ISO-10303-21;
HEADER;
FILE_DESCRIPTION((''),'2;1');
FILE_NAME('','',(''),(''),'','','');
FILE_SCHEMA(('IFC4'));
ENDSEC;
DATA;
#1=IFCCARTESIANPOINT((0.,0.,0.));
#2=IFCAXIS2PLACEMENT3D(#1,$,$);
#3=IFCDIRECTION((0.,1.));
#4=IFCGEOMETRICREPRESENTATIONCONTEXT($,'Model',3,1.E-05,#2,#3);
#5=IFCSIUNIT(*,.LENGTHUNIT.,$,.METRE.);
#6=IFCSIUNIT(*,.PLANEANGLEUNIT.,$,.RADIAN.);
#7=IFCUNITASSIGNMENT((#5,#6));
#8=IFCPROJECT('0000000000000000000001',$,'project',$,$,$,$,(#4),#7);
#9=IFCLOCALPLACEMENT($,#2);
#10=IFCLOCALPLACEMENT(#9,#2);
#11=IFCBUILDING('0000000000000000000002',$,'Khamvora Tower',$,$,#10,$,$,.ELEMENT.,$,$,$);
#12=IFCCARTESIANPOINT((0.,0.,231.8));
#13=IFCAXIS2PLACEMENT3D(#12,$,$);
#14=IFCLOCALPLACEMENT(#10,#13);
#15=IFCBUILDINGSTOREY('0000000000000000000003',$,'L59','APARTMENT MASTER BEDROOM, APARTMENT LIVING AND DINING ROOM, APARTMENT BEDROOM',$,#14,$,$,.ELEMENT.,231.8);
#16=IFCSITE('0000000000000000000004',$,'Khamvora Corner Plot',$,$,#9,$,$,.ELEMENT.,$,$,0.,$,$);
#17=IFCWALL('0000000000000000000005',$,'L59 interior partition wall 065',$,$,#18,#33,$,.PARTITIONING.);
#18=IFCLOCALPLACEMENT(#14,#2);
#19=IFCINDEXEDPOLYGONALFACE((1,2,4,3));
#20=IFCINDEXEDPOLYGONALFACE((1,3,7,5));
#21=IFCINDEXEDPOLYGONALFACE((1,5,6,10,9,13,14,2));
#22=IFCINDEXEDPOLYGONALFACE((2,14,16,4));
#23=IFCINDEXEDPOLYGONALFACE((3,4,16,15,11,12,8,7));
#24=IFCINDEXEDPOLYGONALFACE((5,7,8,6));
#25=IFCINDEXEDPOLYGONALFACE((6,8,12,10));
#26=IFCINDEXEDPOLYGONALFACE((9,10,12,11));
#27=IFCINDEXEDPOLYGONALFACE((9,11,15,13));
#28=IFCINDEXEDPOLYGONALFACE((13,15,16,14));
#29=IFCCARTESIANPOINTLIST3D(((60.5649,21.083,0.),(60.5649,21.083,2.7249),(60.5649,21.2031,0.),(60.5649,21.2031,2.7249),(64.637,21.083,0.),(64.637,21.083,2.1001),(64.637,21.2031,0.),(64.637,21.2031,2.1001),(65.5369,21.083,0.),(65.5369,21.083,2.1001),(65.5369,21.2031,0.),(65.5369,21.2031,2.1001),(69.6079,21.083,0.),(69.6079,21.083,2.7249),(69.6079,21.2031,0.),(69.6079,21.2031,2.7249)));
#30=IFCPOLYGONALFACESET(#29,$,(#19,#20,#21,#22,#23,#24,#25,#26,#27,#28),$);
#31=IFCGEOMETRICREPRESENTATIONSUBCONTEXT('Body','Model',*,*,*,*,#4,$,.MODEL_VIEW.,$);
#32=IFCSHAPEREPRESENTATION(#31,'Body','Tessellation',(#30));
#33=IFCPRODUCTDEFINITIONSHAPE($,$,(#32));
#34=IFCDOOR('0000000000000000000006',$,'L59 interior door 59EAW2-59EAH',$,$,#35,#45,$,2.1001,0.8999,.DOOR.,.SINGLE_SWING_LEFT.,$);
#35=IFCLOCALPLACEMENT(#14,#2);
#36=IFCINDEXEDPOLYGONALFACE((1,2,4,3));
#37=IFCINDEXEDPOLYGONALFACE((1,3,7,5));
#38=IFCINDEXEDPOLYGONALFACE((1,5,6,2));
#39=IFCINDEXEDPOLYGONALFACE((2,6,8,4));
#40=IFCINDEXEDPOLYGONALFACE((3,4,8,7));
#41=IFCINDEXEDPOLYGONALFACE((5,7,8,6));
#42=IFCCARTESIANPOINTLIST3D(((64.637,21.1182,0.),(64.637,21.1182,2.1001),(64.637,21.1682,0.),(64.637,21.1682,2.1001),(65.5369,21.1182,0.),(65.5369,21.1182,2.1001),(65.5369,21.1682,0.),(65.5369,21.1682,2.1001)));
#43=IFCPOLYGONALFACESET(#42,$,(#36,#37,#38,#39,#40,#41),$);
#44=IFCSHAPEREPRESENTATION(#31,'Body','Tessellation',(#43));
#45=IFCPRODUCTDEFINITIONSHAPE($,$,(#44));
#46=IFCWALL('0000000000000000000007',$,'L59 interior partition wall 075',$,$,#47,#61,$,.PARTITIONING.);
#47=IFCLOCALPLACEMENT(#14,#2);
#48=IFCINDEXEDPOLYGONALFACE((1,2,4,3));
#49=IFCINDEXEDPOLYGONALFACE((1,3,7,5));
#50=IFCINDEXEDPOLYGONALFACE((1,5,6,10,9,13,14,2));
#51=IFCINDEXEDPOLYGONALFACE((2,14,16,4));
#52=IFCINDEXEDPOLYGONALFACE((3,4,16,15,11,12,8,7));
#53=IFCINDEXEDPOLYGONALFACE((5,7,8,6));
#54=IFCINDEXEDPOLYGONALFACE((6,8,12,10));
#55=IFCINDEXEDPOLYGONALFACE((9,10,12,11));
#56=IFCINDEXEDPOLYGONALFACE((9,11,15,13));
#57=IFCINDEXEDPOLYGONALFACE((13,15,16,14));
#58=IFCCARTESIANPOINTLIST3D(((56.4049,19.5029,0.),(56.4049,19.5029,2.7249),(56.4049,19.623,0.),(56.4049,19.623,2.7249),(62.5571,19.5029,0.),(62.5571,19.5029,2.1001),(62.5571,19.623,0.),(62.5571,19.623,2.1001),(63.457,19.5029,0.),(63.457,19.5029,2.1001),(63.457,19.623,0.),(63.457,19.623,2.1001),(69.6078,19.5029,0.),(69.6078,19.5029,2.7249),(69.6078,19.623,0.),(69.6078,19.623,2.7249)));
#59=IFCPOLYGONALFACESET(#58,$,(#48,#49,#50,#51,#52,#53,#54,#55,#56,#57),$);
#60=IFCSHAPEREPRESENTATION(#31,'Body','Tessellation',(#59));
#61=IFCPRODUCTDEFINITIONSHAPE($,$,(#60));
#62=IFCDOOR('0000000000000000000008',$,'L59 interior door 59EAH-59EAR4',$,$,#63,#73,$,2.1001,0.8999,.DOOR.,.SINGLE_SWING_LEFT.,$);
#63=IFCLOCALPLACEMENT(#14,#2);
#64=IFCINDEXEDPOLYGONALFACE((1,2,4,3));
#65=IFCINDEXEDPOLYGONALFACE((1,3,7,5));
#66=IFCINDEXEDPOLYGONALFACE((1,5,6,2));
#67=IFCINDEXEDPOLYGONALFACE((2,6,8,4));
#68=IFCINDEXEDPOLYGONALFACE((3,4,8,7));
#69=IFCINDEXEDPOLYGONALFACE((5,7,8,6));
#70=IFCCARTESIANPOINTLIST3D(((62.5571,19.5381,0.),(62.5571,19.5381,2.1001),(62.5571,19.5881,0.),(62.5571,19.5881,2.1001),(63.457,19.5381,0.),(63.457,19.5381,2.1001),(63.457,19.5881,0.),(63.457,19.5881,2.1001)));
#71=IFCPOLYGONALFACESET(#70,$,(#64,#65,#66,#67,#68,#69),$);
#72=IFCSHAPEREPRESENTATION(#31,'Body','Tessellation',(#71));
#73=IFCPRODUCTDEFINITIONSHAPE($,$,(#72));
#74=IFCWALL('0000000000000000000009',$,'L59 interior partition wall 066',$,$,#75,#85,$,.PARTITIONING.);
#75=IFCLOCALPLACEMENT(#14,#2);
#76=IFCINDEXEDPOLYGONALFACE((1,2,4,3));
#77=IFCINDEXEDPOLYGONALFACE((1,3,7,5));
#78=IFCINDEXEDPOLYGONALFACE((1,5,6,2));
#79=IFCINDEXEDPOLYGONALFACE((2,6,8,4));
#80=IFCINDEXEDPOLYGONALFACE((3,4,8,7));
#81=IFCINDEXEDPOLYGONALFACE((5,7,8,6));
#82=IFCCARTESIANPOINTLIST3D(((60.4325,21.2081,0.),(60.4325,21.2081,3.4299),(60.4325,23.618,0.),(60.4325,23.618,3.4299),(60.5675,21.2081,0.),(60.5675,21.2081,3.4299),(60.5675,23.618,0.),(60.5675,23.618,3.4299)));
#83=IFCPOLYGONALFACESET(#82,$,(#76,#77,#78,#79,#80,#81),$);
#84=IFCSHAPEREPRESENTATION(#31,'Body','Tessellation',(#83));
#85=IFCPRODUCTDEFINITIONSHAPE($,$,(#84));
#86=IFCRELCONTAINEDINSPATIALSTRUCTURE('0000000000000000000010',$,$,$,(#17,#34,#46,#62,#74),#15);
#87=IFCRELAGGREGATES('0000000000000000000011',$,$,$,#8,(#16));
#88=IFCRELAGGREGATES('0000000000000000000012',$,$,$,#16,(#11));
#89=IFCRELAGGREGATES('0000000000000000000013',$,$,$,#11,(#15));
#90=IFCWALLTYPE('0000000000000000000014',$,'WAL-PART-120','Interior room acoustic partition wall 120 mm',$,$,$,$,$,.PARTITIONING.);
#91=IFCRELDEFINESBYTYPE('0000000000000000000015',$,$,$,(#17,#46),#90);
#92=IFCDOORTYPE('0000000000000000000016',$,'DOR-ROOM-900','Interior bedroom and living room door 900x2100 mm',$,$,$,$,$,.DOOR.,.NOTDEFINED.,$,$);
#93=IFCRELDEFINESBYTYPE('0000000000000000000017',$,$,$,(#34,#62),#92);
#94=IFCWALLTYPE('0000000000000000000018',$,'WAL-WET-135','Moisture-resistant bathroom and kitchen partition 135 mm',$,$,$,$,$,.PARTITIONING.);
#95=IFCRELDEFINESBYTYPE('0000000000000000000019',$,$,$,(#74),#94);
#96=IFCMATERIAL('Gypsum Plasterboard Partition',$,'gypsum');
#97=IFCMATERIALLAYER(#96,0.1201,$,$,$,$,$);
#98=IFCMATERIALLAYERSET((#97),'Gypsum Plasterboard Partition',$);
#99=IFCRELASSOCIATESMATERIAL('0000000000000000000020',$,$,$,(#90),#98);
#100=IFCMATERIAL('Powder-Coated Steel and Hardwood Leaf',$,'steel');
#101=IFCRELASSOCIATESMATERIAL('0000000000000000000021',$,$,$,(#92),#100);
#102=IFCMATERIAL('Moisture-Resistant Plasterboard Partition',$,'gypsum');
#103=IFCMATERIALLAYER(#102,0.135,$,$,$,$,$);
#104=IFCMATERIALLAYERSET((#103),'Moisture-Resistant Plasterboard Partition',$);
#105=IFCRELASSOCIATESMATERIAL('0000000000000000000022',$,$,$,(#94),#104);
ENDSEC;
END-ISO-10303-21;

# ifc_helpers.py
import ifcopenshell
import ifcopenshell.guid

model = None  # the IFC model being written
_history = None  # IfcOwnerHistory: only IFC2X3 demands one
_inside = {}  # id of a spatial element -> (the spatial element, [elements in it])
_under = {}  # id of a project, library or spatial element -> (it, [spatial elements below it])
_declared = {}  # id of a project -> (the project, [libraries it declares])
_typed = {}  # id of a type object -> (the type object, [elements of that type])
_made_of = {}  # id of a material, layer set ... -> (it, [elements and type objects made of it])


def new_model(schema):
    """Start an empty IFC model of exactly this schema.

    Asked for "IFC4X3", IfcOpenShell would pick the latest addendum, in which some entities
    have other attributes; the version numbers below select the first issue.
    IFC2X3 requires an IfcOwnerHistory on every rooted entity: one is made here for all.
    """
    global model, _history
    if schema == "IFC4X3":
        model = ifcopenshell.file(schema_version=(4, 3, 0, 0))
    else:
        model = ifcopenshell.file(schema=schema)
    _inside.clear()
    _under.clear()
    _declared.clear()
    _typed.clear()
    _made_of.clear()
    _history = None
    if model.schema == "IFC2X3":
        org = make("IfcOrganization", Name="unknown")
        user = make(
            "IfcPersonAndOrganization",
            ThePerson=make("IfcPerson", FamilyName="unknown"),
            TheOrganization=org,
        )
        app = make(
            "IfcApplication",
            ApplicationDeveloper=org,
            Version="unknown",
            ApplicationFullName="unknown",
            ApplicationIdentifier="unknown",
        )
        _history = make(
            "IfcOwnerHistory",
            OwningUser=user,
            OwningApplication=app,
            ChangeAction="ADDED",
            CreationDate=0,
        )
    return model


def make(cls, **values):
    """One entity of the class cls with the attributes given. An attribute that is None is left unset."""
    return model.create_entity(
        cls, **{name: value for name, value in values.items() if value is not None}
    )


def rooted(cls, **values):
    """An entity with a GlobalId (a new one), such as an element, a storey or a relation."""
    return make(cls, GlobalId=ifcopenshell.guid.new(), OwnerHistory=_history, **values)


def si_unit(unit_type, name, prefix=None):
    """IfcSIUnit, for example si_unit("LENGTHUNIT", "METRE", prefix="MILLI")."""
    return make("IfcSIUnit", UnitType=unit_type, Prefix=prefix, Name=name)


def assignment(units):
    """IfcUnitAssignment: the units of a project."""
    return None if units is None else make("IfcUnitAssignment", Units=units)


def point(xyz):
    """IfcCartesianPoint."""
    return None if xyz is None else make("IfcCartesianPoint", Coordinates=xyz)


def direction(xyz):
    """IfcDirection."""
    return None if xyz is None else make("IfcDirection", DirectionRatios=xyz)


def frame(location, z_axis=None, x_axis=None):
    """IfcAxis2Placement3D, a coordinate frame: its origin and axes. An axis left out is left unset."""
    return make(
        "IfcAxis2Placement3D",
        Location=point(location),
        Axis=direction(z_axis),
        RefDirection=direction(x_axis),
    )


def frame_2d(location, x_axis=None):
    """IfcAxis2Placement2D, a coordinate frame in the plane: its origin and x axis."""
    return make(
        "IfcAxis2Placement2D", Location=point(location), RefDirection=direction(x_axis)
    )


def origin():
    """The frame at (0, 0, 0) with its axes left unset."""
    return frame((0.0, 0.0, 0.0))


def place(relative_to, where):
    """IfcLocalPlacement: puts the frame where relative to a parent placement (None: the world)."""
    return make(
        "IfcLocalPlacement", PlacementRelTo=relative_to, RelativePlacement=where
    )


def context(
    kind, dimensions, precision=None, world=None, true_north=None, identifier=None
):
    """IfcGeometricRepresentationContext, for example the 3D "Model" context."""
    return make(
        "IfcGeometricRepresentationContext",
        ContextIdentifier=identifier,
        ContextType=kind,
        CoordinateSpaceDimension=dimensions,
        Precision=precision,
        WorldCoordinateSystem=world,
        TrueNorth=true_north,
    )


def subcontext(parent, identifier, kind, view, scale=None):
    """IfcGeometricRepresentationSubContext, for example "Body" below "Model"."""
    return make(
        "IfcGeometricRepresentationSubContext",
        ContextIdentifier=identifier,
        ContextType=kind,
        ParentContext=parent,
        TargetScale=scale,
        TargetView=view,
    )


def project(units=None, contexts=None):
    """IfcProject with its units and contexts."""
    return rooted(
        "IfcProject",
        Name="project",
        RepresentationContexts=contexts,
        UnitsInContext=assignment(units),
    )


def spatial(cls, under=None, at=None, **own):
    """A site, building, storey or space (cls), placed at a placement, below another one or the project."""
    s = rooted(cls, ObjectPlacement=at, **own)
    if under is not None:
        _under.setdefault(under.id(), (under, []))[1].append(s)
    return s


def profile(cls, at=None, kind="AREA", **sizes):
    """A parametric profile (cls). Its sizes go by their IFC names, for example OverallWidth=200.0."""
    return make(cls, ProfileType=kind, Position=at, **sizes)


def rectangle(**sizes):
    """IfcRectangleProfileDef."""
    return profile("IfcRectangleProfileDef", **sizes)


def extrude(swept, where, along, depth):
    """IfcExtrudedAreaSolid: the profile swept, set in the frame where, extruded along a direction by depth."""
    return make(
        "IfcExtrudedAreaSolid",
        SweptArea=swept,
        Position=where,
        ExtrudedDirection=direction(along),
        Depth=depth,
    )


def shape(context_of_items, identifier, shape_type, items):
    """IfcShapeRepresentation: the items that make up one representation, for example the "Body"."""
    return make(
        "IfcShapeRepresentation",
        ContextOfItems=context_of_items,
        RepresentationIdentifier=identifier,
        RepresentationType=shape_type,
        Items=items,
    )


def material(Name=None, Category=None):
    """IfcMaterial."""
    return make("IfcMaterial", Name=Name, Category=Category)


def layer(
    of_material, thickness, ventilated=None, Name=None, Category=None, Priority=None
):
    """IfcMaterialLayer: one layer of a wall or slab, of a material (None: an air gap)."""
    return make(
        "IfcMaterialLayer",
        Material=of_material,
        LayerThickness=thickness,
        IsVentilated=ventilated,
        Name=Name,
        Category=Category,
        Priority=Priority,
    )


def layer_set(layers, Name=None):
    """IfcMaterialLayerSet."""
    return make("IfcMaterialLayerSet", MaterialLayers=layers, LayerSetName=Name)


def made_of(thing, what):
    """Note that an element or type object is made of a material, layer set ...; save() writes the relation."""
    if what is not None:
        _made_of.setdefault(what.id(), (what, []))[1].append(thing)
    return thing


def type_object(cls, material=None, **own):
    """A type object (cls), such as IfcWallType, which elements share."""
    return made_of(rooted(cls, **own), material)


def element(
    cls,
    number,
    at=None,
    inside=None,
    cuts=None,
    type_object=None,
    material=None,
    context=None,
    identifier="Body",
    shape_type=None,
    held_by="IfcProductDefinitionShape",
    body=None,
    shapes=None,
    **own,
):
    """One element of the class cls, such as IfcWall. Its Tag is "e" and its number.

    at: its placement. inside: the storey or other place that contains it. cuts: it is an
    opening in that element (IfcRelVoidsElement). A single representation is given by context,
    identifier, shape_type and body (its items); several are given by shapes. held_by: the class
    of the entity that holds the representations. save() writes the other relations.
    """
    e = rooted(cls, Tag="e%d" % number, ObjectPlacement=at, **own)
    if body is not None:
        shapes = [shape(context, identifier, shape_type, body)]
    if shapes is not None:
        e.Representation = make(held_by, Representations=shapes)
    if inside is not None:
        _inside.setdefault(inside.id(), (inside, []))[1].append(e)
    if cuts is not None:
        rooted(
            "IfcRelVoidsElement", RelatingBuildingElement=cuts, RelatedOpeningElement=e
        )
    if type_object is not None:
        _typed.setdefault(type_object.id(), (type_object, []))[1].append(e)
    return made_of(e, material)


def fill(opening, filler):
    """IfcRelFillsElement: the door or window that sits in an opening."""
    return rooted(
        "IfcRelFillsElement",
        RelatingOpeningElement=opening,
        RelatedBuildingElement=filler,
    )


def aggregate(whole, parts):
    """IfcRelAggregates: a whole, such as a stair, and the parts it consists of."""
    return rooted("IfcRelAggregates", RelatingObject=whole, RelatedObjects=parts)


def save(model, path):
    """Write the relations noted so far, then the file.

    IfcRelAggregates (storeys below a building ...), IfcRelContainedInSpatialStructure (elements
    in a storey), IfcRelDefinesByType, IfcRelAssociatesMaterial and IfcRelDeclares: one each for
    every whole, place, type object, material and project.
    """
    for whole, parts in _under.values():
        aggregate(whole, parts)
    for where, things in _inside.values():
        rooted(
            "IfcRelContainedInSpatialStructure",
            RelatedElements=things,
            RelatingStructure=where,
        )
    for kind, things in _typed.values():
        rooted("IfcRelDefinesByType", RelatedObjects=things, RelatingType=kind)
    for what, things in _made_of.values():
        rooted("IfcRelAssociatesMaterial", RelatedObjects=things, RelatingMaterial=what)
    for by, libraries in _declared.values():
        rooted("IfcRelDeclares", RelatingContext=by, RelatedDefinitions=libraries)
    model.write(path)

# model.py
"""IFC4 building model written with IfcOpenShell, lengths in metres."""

from ifc_helpers import new_model, si_unit, direction, frame, frame_2d, origin, place, context, subcontext, project, spatial, rectangle, extrude, material, layer, layer_set, type_object, element, fill, save


model = new_model("IFC4")

# Units and contexts
model_context = context("Model", 3, precision=1e-05, world=origin(), true_north=direction((0.0, 1.0)))
body_context = subcontext(model_context, "Body", "Model", "MODEL_VIEW")
ifc_project = project(units=[si_unit("LENGTHUNIT", "METRE"), si_unit("PLANEANGLEUNIT", "RADIAN")], contexts=[model_context])

# Site, building, storey
site_placement = place(None, origin())
site = spatial("IfcSite", under=ifc_project, at=site_placement, Name="Khamvora Corner Plot", CompositionType="ELEMENT", RefElevation=0.0)
building_placement = place(site_placement, origin())
building = spatial("IfcBuilding", under=site, at=building_placement, Name="Khamvora Tower", CompositionType="ELEMENT")
storey_placement = place(building_placement, frame((0.0, 0.0, 231.8)))
storey = spatial("IfcBuildingStorey", under=building, at=storey_placement, Name="L59", Description="APARTMENT MASTER BEDROOM, APARTMENT LIVING AND DINING ROOM, APARTMENT BEDROOM", CompositionType="ELEMENT", Elevation=231.8)

# Shared definitions
ifc_material_1 = material(Name="Powder-Coated Steel and Hardwood Leaf", Category="steel")

# Walls, openings, doors
ifc_material_2 = material(Name="Gypsum Plasterboard Partition", Category="gypsum")
ifc_layer_1 = layer(ifc_material_2, 0.1201)
ifc_layer_set_1 = layer_set([ifc_layer_1], Name="Gypsum Plasterboard Partition")
wall_type_1 = type_object("IfcWallType", Name="WAL-PART-120", Description="Interior room acoustic partition wall 120 mm", PredefinedType="PARTITIONING", material=ifc_layer_set_1)
wall_1_placement = place(storey_placement, frame((69.6079, 21.1431, 0.0), z_axis=(0.0, 0.0, 1.0), x_axis=(-1.0, 0.0, 0.0)))
wall_1 = element("IfcWall", 1, at=wall_1_placement, inside=storey, type_object=wall_type_1, Name="L59 interior partition wall 065", PredefinedType="PARTITIONING", context=body_context, shape_type="SweptSolid", body=[
    extrude(rectangle(XDim=9.043, YDim=0.1201, at=frame_2d((4.5215, 0.0))), origin(), (0.0, 0.0, 1.0), 2.7249),
])
opening_1_placement = place(wall_1_placement, frame((4.071, 0.0, 0.0)))
opening_1 = element("IfcOpeningElement", 2, at=opening_1_placement, cuts=wall_1, PredefinedType="OPENING", context=body_context, shape_type="SweptSolid", body=[
    extrude(rectangle(XDim=0.8999, YDim=2.1001, at=frame_2d((0.45, 1.05))), frame((0.0, 0.0701, 0.0), z_axis=(0.0, -1.0, 0.0), x_axis=(1.0, 0.0, 0.0)), (0.0, 0.0, 1.0), 0.1401),
])
door_type_1 = type_object("IfcDoorType", Name="DOR-ROOM-900", Description="Interior bedroom and living room door 900x2100 mm", OperationType="NOTDEFINED", PredefinedType="DOOR", material=ifc_material_1)
door_1_placement = place(opening_1_placement, origin())
door_1 = element("IfcDoor", 3, at=door_1_placement, inside=storey, type_object=door_type_1, Name="L59 interior door 59EAW2-59EAH", OperationType="SINGLE_SWING_LEFT", OverallHeight=2.1001, OverallWidth=0.8999, PredefinedType="DOOR", context=body_context, shape_type="SweptSolid", body=[
    extrude(rectangle(XDim=0.8999, YDim=2.1001, at=frame_2d((0.45, 1.05))), frame((0.0, 0.0249, 0.0), z_axis=(0.0, -1.0, 0.0), x_axis=(1.0, 0.0, 0.0)), (0.0, 0.0, 1.0), 0.05),
])
fill(opening_1, door_1)
wall_2_placement = place(storey_placement, frame((69.6079, 19.563, 0.0), z_axis=(0.0, 0.0, 1.0), x_axis=(-1.0, 0.0, 0.0)))
wall_2 = element("IfcWall", 4, at=wall_2_placement, inside=storey, type_object=wall_type_1, Name="L59 interior partition wall 075", PredefinedType="PARTITIONING", context=body_context, shape_type="SweptSolid", body=[
    extrude(rectangle(XDim=13.2029, YDim=0.1201, at=frame_2d((6.6016, 0.0))), origin(), (0.0, 0.0, 1.0), 2.7249),
])
opening_2_placement = place(wall_2_placement, frame((6.1509, 0.0, 0.0)))
opening_2 = element("IfcOpeningElement", 5, at=opening_2_placement, cuts=wall_2, PredefinedType="OPENING", context=body_context, shape_type="SweptSolid", body=[
    extrude(rectangle(XDim=0.8999, YDim=2.1001, at=frame_2d((0.45, 1.05))), frame((0.0, 0.0701, 0.0), z_axis=(0.0, -1.0, 0.0), x_axis=(1.0, 0.0, 0.0)), (0.0, 0.0, 1.0), 0.1401),
])
door_2_placement = place(opening_2_placement, origin())
door_2 = element("IfcDoor", 6, at=door_2_placement, inside=storey, type_object=door_type_1, Name="L59 interior door 59EAH-59EAR4", OperationType="SINGLE_SWING_LEFT", OverallHeight=2.1001, OverallWidth=0.8999, PredefinedType="DOOR", context=body_context, shape_type="SweptSolid", body=[
    extrude(rectangle(XDim=0.8999, YDim=2.1001, at=frame_2d((0.45, 1.05))), frame((0.0, 0.0249, 0.0), z_axis=(0.0, -1.0, 0.0), x_axis=(1.0, 0.0, 0.0)), (0.0, 0.0, 1.0), 0.05),
])
fill(opening_2, door_2)

# Wall
ifc_material_3 = material(Name="Moisture-Resistant Plasterboard Partition", Category="gypsum")
ifc_layer_2 = layer(ifc_material_3, 0.135)
ifc_layer_set_2 = layer_set([ifc_layer_2], Name="Moisture-Resistant Plasterboard Partition")
wall_type_2 = type_object("IfcWallType", Name="WAL-WET-135", Description="Moisture-resistant bathroom and kitchen partition 135 mm", PredefinedType="PARTITIONING", material=ifc_layer_set_2)
wall_3_placement = place(storey_placement, frame((60.5, 21.208, 0.0), z_axis=(0.0, 0.0, 1.0), x_axis=(0.0, 1.0, 0.0)))
element("IfcWall", 7, at=wall_3_placement, inside=storey, type_object=wall_type_2, Name="L59 interior partition wall 066", PredefinedType="PARTITIONING", context=body_context, shape_type="SweptSolid", body=[
    extrude(rectangle(XDim=2.4099, YDim=0.135, at=frame_2d((1.2051, 0.0))), origin(), (0.0, 0.0, 1.0), 3.4299),
])

save(model, "model.ifc")
